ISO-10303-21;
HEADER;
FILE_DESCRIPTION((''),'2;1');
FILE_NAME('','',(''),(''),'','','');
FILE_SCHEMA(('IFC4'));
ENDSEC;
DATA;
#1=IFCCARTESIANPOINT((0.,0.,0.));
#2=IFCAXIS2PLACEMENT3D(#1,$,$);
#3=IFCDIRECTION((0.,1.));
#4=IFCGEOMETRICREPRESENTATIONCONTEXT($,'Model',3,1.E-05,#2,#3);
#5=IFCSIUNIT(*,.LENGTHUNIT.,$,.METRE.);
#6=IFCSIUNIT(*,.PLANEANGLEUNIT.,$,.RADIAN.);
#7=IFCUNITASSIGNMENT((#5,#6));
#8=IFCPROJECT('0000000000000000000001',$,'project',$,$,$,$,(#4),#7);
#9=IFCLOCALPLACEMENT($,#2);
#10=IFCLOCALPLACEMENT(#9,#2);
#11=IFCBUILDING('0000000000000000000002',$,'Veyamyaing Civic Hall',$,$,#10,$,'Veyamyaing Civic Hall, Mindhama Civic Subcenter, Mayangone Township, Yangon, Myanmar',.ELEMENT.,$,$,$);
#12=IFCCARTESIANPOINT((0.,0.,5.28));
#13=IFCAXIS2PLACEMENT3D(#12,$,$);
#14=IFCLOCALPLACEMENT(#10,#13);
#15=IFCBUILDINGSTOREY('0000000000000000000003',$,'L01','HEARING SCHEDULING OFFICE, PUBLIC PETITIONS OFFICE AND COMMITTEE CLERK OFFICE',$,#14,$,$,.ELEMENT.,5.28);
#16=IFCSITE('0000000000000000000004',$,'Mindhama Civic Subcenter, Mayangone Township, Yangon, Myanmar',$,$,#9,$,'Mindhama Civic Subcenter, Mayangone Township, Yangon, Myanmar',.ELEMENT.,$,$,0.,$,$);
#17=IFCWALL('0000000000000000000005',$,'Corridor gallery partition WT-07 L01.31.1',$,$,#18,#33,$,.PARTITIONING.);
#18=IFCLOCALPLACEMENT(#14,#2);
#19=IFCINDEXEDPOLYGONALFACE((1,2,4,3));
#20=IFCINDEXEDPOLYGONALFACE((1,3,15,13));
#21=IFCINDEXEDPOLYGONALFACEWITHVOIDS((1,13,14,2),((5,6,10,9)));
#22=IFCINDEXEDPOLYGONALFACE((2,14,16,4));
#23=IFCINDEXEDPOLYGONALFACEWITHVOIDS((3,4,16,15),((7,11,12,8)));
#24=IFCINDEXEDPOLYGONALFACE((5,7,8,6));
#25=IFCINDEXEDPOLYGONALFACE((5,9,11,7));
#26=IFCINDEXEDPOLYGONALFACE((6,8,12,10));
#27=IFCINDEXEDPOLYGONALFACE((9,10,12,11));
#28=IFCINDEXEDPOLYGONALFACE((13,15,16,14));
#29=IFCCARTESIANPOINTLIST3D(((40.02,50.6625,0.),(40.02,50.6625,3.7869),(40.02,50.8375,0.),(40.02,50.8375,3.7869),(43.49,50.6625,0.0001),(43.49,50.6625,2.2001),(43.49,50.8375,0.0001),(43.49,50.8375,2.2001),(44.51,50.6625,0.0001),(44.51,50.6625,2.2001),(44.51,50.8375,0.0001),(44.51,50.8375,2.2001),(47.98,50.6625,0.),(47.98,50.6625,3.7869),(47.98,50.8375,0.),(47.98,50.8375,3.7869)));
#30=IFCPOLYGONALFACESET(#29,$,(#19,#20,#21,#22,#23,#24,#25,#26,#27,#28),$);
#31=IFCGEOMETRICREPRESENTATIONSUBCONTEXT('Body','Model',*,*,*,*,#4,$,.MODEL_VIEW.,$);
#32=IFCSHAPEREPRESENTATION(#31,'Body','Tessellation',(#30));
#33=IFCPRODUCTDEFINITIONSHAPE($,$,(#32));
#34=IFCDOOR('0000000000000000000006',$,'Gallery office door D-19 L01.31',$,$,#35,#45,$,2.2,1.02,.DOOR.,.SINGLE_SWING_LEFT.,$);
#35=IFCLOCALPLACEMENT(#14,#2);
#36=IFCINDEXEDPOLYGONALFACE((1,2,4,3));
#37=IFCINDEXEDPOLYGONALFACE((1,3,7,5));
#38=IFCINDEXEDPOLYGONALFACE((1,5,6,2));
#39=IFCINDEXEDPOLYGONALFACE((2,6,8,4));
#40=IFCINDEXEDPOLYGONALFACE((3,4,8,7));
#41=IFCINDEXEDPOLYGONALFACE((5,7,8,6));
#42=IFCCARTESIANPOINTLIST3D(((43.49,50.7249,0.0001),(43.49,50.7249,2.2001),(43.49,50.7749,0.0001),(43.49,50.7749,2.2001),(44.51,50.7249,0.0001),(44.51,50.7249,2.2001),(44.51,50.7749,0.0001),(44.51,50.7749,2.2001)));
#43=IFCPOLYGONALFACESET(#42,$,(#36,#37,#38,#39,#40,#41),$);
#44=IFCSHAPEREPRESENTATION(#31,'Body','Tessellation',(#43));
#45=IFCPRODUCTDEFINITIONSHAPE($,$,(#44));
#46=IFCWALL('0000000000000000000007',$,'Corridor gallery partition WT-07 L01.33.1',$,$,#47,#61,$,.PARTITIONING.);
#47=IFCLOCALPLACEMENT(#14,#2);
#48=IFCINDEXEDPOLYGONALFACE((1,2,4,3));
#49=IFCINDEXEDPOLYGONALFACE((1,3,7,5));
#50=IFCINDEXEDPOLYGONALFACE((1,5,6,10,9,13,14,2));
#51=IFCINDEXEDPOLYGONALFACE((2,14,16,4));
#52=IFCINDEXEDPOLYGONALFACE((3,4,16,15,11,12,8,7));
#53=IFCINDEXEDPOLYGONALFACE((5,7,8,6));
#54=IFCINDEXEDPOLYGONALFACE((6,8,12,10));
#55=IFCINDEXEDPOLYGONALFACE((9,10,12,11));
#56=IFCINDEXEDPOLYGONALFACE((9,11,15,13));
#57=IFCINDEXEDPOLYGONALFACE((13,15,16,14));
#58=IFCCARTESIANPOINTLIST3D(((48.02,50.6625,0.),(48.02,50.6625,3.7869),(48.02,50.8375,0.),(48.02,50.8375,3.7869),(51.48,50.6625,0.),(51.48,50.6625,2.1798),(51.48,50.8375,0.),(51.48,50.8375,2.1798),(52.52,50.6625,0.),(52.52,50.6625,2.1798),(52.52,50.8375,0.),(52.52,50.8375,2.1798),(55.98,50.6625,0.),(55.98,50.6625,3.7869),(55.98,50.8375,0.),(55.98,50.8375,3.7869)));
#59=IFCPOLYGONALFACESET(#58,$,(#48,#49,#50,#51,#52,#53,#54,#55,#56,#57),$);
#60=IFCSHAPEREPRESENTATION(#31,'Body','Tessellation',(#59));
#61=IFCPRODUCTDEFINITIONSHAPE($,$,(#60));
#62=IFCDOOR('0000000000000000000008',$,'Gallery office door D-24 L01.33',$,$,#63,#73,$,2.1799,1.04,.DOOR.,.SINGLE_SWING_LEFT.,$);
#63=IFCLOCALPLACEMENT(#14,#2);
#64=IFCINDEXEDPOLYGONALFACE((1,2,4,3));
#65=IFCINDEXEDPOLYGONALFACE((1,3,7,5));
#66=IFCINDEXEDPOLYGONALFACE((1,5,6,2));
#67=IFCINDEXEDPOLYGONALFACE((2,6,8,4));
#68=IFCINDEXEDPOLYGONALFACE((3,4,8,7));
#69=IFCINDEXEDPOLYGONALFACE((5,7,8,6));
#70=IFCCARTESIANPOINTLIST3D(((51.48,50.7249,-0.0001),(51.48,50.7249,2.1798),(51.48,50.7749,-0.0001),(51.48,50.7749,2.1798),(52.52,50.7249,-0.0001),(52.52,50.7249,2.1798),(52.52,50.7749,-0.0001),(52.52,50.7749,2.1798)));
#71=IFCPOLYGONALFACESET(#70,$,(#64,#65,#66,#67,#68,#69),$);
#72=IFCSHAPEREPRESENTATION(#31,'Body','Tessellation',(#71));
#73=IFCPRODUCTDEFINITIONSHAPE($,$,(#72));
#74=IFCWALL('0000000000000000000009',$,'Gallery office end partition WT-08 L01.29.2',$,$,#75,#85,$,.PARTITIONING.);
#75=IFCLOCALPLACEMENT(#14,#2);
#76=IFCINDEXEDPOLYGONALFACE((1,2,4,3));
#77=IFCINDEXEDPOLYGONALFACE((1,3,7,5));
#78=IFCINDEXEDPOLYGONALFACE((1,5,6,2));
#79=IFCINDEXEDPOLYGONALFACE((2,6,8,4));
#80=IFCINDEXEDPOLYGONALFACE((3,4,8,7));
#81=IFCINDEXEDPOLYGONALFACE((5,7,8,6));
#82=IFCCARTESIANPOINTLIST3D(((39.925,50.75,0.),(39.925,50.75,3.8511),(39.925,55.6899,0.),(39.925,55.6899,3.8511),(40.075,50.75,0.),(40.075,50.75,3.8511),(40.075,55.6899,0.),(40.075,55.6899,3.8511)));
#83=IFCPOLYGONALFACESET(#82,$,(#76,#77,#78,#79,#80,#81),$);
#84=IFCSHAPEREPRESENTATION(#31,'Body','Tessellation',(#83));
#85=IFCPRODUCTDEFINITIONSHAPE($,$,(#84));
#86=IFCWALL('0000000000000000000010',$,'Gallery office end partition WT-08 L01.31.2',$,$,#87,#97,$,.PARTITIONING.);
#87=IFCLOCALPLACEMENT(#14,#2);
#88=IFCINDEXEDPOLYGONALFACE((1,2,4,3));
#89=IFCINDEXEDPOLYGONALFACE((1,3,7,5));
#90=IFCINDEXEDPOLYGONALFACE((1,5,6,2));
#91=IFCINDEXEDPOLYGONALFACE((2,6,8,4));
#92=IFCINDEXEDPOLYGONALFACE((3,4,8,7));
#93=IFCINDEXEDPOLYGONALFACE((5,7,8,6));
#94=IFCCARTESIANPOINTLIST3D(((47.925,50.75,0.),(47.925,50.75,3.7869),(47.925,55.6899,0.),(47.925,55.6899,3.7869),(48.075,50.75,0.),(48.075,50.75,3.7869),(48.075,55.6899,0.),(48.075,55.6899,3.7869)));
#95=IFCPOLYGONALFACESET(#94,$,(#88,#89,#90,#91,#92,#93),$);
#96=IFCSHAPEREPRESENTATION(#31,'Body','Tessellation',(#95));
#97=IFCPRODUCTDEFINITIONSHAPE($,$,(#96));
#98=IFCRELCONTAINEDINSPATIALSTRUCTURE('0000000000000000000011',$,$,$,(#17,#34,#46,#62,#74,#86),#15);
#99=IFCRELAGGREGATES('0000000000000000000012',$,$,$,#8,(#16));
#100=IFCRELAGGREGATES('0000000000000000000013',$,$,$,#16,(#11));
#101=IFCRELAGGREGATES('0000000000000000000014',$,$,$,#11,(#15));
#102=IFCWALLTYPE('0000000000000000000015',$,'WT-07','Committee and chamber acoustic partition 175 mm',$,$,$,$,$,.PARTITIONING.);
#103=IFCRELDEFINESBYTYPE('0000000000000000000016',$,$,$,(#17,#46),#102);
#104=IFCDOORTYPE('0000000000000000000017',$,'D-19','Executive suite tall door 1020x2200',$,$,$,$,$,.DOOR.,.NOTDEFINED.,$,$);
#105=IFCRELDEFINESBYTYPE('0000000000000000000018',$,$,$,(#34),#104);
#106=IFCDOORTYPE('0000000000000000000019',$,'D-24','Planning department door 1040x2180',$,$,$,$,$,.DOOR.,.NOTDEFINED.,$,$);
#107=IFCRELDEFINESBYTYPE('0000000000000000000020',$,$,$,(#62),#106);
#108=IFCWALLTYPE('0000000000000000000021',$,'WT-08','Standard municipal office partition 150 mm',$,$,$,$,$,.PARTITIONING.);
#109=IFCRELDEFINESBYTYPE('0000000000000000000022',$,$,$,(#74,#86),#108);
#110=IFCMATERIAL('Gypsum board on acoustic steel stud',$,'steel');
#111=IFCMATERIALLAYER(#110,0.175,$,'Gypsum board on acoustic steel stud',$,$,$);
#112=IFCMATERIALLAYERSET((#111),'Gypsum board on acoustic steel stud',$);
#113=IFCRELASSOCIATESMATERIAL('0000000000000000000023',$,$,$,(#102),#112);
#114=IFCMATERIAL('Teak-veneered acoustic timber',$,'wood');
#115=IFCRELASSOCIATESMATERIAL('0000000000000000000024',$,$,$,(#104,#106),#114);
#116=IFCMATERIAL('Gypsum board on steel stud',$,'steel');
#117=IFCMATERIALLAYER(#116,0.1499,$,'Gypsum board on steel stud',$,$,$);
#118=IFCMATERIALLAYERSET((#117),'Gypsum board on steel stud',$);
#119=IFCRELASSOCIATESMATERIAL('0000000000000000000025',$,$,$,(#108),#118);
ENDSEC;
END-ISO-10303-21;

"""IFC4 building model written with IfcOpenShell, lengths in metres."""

from ifc_helpers import new_model, si_unit, direction, frame, frame_2d, origin, place, context, subcontext, project, spatial, rectangle, extrude, material, layer, layer_set, type_object, element, fill, save


model = new_model("IFC4")

# Units and contexts
model_context = context("Model", 3, precision=1e-05, world=origin(), true_north=direction((0.0, 1.0)))
body_context = subcontext(model_context, "Body", "Model", "MODEL_VIEW")
ifc_project = project(units=[si_unit("LENGTHUNIT", "METRE"), si_unit("PLANEANGLEUNIT", "RADIAN")], contexts=[model_context])

# Site, building, storey
site_placement = place(None, origin())
site = spatial("IfcSite", under=ifc_project, at=site_placement, Name="Mindhama Civic Subcenter, Mayangone Township, Yangon, Myanmar", LongName="Mindhama Civic Subcenter, Mayangone Township, Yangon, Myanmar", CompositionType="ELEMENT", RefElevation=0.0)
building_placement = place(site_placement, origin())
building = spatial("IfcBuilding", under=site, at=building_placement, Name="Veyamyaing Civic Hall", LongName="Veyamyaing Civic Hall, Mindhama Civic Subcenter, Mayangone Township, Yangon, Myanmar", CompositionType="ELEMENT")
storey_placement = place(building_placement, frame((0.0, 0.0, 5.28)))
storey = spatial("IfcBuildingStorey", under=building, at=storey_placement, Name="L01", Description="HEARING SCHEDULING OFFICE, PUBLIC PETITIONS OFFICE AND COMMITTEE CLERK OFFICE", CompositionType="ELEMENT", Elevation=5.28)

# Walls, openings, doors
ifc_material_1 = material(Name="Gypsum board on acoustic steel stud", Category="steel")
ifc_layer_1 = layer(ifc_material_1, 0.175, Name="Gypsum board on acoustic steel stud")
ifc_layer_set_1 = layer_set([ifc_layer_1], Name="Gypsum board on acoustic steel stud")
wall_type_1 = type_object("IfcWallType", Name="WT-07", Description="Committee and chamber acoustic partition 175 mm", PredefinedType="PARTITIONING", material=ifc_layer_set_1)
wall_1_placement = place(storey_placement, frame((40.02, 50.75, 0.0), z_axis=(0.0, 0.0, 1.0), x_axis=(1.0, 0.0, 0.0)))
wall_1 = element("IfcWall", 1, at=wall_1_placement, inside=storey, type_object=wall_type_1, Name="Corridor gallery partition WT-07 L01.31.1", PredefinedType="PARTITIONING", context=body_context, shape_type="SweptSolid", body=[
    extrude(rectangle(XDim=7.96, YDim=0.175, at=frame_2d((3.98, 0.0))), origin(), (0.0, 0.0, 1.0), 3.7869),
])
opening_1_placement = place(wall_1_placement, frame((3.47, 0.0, 0.0)))
opening_1 = element("IfcOpeningElement", 2, at=opening_1_placement, cuts=wall_1, PredefinedType="OPENING", context=body_context, shape_type="SweptSolid", body=[
    extrude(rectangle(XDim=1.02, YDim=2.2, at=frame_2d((0.51, 1.1001))), frame((0.0, 0.0974, 0.0), z_axis=(0.0, -1.0, 0.0), x_axis=(1.0, 0.0, 0.0)), (0.0, 0.0, 1.0), 0.1951),
])
ifc_material_2 = material(Name="Teak-veneered acoustic timber", Category="wood")
door_type_1 = type_object("IfcDoorType", Name="D-19", Description="Executive suite tall door 1020x2200", OperationType="NOTDEFINED", PredefinedType="DOOR", material=ifc_material_2)
door_1_placement = place(opening_1_placement, origin())
door_1 = element("IfcDoor", 3, at=door_1_placement, inside=storey, type_object=door_type_1, Name="Gallery office door D-19 L01.31", OperationType="SINGLE_SWING_LEFT", OverallHeight=2.2, OverallWidth=1.02, PredefinedType="DOOR", context=body_context, shape_type="SweptSolid", body=[
    extrude(rectangle(XDim=1.02, YDim=2.2, at=frame_2d((0.51, 1.1001))), frame((0.0, 0.0249, 0.0), z_axis=(0.0, -1.0, 0.0), x_axis=(1.0, 0.0, 0.0)), (0.0, 0.0, 1.0), 0.05),
])
fill(opening_1, door_1)
wall_2_placement = place(storey_placement, frame((48.02, 50.75, 0.0), z_axis=(0.0, 0.0, 1.0), x_axis=(1.0, 0.0, 0.0)))
wall_2 = element("IfcWall", 4, at=wall_2_placement, inside=storey, type_object=wall_type_1, Name="Corridor gallery partition WT-07 L01.33.1", PredefinedType="PARTITIONING", context=body_context, shape_type="SweptSolid", body=[
    extrude(rectangle(XDim=7.96, YDim=0.175, at=frame_2d((3.98, 0.0))), origin(), (0.0, 0.0, 1.0), 3.7869),
])
opening_2_placement = place(wall_2_placement, frame((3.46, 0.0, 0.0)))
opening_2 = element("IfcOpeningElement", 5, at=opening_2_placement, cuts=wall_2, PredefinedType="OPENING", context=body_context, shape_type="SweptSolid", body=[
    extrude(rectangle(XDim=1.04, YDim=2.1799, at=frame_2d((0.52, 1.0898))), frame((0.0, 0.0974, 0.0), z_axis=(0.0, -1.0, 0.0), x_axis=(1.0, 0.0, 0.0)), (0.0, 0.0, 1.0), 0.1951),
])
door_type_2 = type_object("IfcDoorType", Name="D-24", Description="Planning department door 1040x2180", OperationType="NOTDEFINED", PredefinedType="DOOR", material=ifc_material_2)
door_2_placement = place(opening_2_placement, origin())
door_2 = element("IfcDoor", 6, at=door_2_placement, inside=storey, type_object=door_type_2, Name="Gallery office door D-24 L01.33", OperationType="SINGLE_SWING_LEFT", OverallHeight=2.1799, OverallWidth=1.04, PredefinedType="DOOR", context=body_context, shape_type="SweptSolid", body=[
    extrude(rectangle(XDim=1.04, YDim=2.1799, at=frame_2d((0.52, 1.0898))), frame((0.0, 0.0249, 0.0), z_axis=(0.0, -1.0, 0.0), x_axis=(1.0, 0.0, 0.0)), (0.0, 0.0, 1.0), 0.05),
])
fill(opening_2, door_2)

# Walls
ifc_material_3 = material(Name="Gypsum board on steel stud", Category="steel")
ifc_layer_2 = layer(ifc_material_3, 0.1499, Name="Gypsum board on steel stud")
ifc_layer_set_2 = layer_set([ifc_layer_2], Name="Gypsum board on steel stud")
wall_type_2 = type_object("IfcWallType", Name="WT-08", Description="Standard municipal office partition 150 mm", PredefinedType="PARTITIONING", material=ifc_layer_set_2)
wall_3_placement = place(storey_placement, frame((40.0, 50.75, 0.0), z_axis=(0.0, 0.0, 1.0), x_axis=(0.0, 1.0, 0.0)))
element("IfcWall", 7, at=wall_3_placement, inside=storey, type_object=wall_type_2, Name="Gallery office end partition WT-08 L01.29.2", PredefinedType="PARTITIONING", context=body_context, shape_type="SweptSolid", body=[
    extrude(rectangle(XDim=4.9399, YDim=0.1499, at=frame_2d((2.47, 0.0))), origin(), (0.0, 0.0, 1.0), 3.8511),
])
wall_4_placement = place(storey_placement, frame((48.0, 50.75, 0.0), z_axis=(0.0, 0.0, 1.0), x_axis=(0.0, 1.0, 0.0)))
element("IfcWall", 8, at=wall_4_placement, inside=storey, type_object=wall_type_2, Name="Gallery office end partition WT-08 L01.31.2", PredefinedType="PARTITIONING", context=body_context, shape_type="SweptSolid", body=[
    extrude(rectangle(XDim=4.9399, YDim=0.1499, at=frame_2d((2.47, 0.0))), origin(), (0.0, 0.0, 1.0), 3.7869),
])

save(model, "model.ifc")
